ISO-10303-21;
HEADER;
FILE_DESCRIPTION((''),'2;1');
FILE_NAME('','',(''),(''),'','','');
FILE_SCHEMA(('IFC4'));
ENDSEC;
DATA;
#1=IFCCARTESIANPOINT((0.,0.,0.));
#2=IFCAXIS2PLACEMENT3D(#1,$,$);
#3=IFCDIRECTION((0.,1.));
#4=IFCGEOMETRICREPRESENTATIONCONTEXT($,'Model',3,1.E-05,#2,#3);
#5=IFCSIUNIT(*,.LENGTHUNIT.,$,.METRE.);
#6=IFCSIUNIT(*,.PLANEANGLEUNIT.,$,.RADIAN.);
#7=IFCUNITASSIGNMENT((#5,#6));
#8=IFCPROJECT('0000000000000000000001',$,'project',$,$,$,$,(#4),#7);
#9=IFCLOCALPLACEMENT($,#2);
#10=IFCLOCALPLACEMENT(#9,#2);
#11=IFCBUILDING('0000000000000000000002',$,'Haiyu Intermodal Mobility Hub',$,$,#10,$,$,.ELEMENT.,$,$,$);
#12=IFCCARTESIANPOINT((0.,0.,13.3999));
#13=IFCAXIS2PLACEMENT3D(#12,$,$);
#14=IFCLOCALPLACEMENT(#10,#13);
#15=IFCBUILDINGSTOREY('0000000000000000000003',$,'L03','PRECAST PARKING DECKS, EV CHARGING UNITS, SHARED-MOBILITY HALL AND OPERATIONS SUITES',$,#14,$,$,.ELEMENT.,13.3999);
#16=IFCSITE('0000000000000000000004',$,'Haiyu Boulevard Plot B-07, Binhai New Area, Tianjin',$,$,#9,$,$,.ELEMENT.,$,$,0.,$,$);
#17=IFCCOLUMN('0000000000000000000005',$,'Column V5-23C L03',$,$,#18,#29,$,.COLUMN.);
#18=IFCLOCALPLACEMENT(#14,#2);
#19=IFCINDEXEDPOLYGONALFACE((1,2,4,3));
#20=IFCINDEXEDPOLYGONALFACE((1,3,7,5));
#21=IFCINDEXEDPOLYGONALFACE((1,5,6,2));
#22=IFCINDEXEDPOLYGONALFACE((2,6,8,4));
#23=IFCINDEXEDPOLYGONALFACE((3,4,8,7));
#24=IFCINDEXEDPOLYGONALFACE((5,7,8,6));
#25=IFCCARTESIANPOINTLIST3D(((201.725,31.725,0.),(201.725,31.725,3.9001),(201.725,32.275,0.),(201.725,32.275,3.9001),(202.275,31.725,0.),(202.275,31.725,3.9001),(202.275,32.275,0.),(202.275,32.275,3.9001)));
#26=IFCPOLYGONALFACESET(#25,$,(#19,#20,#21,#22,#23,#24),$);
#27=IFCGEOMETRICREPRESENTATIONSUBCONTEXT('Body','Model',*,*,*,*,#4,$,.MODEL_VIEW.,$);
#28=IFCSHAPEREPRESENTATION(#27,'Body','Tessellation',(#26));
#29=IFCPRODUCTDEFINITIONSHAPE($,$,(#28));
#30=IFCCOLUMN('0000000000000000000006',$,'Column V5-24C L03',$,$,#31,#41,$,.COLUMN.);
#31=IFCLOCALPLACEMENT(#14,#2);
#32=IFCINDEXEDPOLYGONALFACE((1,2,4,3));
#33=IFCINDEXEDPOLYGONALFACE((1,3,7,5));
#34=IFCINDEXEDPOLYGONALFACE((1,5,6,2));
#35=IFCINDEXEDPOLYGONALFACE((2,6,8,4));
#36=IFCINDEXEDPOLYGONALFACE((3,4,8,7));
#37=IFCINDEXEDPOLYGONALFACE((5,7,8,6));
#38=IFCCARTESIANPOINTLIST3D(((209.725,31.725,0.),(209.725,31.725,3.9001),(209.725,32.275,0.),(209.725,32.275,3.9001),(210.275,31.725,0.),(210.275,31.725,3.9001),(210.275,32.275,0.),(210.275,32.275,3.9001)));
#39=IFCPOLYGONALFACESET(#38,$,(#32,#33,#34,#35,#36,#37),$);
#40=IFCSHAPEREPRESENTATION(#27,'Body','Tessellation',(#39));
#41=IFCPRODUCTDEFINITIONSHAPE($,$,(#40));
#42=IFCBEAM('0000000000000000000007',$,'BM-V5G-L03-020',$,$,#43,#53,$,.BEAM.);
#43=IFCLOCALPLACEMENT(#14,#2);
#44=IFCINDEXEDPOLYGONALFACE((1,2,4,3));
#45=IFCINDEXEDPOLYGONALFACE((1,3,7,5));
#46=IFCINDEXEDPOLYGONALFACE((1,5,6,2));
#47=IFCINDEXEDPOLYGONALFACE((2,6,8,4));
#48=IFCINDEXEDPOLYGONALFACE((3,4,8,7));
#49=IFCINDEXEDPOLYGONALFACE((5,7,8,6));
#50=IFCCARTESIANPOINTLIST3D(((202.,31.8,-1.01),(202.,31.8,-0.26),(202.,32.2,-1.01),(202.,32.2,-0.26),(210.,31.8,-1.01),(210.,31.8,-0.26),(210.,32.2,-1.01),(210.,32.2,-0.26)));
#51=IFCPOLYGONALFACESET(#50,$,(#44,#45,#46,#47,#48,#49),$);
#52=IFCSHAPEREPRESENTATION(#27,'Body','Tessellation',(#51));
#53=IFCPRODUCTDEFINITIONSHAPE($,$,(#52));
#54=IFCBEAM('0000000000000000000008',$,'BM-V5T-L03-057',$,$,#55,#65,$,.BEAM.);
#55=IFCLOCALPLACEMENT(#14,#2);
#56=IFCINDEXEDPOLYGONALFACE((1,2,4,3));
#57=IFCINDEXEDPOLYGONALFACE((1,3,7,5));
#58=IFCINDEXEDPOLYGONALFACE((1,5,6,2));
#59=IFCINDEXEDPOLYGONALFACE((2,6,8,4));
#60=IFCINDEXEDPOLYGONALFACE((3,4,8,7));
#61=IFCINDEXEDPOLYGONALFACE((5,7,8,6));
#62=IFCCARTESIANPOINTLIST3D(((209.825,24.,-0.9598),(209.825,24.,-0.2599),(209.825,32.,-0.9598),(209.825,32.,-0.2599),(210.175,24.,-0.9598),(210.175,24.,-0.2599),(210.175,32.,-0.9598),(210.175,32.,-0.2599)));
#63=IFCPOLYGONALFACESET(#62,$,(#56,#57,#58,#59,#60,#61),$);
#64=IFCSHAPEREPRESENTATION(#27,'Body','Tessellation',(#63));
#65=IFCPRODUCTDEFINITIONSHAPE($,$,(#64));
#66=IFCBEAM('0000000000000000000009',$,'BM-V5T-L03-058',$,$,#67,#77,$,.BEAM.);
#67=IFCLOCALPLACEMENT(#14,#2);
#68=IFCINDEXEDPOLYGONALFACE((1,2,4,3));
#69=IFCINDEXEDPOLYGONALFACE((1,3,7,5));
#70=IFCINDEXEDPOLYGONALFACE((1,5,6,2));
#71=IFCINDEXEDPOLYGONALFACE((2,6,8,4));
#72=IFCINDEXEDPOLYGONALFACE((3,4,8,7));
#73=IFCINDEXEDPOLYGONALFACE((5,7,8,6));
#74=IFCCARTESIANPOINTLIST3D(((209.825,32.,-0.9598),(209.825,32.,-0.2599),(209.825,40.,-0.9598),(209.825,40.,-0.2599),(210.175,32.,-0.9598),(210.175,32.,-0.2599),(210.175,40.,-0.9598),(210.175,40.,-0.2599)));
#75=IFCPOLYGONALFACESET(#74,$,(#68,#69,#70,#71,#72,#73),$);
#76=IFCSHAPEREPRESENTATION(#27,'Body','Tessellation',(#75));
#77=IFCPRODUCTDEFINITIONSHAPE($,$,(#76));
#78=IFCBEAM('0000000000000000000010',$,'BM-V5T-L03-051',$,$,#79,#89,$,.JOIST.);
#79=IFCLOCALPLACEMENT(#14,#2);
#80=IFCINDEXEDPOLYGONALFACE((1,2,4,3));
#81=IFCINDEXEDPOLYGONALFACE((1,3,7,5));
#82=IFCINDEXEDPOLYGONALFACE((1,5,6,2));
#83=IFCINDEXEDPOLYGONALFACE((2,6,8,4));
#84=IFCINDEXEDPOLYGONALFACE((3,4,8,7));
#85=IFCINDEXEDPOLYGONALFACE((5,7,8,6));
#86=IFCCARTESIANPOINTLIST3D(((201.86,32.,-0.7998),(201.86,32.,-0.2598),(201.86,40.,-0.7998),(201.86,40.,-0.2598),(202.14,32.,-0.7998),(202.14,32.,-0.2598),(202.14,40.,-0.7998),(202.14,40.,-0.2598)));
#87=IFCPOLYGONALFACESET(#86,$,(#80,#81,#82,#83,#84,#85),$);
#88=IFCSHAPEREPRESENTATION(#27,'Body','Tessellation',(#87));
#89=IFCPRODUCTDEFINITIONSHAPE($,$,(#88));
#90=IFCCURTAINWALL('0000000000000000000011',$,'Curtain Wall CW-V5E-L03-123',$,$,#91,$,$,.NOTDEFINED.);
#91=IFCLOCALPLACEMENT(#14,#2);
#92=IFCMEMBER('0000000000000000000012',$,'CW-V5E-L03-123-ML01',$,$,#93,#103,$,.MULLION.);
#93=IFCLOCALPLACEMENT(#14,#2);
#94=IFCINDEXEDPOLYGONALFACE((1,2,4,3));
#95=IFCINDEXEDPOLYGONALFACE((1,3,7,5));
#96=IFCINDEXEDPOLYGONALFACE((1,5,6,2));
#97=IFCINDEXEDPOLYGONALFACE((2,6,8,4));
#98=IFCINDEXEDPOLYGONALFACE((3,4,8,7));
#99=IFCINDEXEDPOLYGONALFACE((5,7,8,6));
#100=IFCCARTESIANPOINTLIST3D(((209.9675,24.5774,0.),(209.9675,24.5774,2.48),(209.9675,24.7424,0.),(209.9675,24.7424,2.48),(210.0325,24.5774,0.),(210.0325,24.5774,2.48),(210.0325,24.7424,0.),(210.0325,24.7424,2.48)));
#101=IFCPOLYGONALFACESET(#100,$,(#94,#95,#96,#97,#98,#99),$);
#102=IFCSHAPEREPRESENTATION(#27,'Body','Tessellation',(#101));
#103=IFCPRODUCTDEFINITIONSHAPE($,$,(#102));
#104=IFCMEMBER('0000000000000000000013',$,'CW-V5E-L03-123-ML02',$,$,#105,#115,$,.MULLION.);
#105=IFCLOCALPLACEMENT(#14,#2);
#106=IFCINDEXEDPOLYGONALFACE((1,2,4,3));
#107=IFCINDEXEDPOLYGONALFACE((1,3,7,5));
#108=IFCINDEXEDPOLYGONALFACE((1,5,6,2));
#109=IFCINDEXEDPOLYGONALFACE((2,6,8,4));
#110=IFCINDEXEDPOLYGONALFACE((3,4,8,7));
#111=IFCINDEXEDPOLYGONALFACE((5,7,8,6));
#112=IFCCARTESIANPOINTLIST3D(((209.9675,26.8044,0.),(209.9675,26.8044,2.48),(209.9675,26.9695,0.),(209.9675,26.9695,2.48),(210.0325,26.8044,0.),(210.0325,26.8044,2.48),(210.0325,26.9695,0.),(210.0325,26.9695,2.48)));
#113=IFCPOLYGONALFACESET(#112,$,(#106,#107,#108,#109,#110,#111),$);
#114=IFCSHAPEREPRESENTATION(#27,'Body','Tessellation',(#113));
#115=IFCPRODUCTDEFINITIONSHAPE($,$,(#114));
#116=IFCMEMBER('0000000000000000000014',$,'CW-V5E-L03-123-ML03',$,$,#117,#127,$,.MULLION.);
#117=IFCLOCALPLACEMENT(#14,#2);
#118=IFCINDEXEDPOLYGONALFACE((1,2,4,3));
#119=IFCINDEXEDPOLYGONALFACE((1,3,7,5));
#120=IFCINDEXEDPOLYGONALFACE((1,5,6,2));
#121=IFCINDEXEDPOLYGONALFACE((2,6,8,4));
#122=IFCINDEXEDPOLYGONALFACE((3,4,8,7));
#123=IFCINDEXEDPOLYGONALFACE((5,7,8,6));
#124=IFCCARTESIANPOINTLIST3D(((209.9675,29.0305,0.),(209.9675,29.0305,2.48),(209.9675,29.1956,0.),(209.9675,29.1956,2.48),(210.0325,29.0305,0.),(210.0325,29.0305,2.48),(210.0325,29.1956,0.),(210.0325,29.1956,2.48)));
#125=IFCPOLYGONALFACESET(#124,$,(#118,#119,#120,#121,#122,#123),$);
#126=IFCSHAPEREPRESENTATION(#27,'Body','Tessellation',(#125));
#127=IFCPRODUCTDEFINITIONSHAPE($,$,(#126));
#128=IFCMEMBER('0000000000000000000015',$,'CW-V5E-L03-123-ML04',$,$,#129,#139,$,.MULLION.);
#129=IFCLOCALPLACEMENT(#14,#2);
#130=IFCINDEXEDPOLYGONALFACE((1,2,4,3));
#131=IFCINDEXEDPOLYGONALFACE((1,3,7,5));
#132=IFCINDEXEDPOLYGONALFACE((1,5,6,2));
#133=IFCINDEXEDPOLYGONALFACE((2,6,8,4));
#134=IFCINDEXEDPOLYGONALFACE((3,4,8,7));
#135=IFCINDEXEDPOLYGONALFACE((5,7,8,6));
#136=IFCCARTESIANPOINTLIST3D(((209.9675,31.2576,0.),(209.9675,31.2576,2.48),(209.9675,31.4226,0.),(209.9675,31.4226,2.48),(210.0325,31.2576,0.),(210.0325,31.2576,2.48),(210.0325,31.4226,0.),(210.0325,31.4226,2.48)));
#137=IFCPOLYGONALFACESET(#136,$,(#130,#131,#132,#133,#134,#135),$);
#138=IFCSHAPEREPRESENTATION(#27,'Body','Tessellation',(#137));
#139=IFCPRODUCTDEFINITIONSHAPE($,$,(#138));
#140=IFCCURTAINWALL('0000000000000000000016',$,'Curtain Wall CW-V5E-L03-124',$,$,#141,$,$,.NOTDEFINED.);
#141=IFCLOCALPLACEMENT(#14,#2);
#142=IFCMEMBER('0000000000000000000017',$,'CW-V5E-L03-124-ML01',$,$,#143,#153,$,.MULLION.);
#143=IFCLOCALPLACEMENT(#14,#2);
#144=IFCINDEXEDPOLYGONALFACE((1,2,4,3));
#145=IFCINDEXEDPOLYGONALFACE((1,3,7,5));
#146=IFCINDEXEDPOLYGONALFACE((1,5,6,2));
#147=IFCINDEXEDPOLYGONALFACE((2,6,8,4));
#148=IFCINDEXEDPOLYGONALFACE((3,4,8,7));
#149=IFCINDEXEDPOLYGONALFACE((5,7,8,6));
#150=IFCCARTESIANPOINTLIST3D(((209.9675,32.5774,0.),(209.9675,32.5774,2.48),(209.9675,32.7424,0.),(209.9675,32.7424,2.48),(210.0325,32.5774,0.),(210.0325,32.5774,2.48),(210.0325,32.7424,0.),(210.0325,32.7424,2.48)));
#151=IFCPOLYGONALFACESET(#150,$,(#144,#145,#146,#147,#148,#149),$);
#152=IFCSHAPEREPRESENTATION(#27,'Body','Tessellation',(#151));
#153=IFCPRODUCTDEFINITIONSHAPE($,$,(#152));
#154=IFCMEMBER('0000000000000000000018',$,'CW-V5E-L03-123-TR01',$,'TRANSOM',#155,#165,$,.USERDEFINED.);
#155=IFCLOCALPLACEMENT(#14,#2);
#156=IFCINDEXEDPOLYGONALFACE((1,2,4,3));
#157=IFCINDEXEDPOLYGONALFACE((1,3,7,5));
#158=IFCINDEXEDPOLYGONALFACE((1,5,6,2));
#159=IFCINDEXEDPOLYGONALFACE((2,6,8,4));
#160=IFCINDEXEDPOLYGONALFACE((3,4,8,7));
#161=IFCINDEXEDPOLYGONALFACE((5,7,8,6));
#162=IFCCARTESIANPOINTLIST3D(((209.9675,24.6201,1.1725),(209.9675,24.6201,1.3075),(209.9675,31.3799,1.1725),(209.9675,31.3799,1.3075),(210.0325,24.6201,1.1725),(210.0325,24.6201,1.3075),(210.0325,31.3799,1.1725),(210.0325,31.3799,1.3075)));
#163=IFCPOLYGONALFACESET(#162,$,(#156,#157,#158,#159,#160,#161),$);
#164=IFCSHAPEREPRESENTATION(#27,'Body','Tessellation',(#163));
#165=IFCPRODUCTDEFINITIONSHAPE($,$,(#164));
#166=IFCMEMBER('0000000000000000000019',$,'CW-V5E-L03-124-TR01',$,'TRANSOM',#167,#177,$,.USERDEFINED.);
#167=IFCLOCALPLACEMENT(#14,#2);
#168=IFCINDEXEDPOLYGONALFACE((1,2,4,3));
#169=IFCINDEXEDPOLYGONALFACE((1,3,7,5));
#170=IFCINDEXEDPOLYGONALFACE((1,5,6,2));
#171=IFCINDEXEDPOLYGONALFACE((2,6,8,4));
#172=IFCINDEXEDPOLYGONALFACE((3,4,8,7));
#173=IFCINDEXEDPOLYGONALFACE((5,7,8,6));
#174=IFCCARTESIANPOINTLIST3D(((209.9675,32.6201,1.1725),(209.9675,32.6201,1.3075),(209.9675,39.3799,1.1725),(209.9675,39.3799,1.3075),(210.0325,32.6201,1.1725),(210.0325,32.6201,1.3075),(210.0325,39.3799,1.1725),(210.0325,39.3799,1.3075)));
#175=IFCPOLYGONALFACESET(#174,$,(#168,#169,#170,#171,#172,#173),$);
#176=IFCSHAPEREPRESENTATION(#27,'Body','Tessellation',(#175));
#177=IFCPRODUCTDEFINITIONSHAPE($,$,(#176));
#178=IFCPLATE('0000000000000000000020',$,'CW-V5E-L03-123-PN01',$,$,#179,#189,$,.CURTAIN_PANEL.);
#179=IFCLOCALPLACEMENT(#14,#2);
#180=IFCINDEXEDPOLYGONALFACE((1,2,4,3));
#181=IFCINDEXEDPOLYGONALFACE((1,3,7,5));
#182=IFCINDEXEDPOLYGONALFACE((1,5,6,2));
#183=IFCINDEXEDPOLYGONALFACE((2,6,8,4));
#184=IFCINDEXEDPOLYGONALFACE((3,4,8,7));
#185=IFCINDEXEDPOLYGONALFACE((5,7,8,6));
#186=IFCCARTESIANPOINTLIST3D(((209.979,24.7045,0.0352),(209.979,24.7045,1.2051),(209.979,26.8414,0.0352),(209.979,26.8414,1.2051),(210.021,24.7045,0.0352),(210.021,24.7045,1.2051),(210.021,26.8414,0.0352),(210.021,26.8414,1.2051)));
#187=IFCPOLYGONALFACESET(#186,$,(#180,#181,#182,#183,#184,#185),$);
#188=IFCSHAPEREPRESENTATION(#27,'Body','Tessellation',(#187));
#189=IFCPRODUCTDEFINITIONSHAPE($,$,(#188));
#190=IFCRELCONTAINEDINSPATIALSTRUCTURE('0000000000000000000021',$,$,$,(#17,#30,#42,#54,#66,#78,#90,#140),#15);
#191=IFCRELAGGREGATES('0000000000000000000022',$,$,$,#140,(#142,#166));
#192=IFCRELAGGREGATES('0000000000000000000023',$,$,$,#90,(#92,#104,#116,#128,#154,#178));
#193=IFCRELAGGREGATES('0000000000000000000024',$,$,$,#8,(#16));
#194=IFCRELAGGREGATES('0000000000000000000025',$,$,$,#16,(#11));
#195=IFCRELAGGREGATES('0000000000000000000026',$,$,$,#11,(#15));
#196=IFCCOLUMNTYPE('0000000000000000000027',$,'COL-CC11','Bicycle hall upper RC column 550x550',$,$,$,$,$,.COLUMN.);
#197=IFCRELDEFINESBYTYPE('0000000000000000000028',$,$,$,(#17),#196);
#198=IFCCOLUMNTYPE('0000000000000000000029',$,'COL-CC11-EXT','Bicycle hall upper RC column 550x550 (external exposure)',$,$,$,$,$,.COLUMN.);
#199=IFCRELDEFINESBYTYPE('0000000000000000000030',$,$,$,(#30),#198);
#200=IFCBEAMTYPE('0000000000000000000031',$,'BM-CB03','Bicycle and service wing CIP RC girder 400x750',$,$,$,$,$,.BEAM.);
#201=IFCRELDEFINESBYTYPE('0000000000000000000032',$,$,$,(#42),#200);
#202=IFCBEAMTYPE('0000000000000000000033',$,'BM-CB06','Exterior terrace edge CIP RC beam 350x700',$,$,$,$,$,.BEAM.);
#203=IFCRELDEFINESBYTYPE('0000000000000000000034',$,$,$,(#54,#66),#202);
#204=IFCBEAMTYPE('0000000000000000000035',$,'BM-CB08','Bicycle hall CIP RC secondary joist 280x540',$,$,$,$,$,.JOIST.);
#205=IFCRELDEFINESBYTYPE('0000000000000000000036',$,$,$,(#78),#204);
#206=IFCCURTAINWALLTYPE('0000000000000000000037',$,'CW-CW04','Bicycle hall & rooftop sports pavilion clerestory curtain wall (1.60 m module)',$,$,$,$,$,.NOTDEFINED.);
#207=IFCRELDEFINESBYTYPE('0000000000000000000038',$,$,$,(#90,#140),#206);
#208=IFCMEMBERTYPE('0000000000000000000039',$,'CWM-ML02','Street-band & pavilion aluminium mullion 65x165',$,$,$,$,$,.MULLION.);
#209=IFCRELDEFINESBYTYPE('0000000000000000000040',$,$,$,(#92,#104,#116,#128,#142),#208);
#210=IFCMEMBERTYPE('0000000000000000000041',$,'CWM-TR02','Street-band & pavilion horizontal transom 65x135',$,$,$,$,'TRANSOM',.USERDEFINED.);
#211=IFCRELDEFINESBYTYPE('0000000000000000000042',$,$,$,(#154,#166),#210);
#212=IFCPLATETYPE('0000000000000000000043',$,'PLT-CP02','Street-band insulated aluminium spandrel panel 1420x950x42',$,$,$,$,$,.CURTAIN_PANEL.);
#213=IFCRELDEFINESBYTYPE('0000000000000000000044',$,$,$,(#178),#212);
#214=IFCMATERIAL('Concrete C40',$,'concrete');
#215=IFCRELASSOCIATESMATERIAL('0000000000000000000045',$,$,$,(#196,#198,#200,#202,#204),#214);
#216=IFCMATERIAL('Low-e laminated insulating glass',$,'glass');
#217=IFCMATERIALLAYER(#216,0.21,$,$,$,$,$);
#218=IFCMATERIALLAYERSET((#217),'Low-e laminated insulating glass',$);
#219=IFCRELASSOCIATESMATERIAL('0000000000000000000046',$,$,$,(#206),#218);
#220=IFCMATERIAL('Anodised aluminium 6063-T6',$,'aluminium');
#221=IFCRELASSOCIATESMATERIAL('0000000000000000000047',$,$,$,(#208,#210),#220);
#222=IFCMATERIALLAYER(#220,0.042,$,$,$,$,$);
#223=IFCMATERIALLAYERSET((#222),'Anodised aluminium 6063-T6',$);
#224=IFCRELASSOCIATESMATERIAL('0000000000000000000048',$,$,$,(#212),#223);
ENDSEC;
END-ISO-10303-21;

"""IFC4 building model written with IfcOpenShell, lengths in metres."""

from ifc_helpers import new_model, si_unit, direction, frame, origin, origin_2d, place, context, subcontext, project, spatial, rectangle, extrude, material, layer, layer_set, material_profile, profile_set, type_object, element, aggregate, save


model = new_model("IFC4")

# Units and contexts
model_context = context("Model", 3, precision=1e-05, world=origin(), true_north=direction((0.0, 1.0)))
body_context = subcontext(model_context, "Body", "Model", "MODEL_VIEW")
ifc_project = project(units=[si_unit("LENGTHUNIT", "METRE"), si_unit("PLANEANGLEUNIT", "RADIAN")], contexts=[model_context])

# Site, building, storey
site_placement = place(None, origin())
site = spatial("IfcSite", under=ifc_project, at=site_placement, Name="Haiyu Boulevard Plot B-07, Binhai New Area, Tianjin", CompositionType="ELEMENT", RefElevation=0.0)
building_placement = place(site_placement, origin())
building = spatial("IfcBuilding", under=site, at=building_placement, Name="Haiyu Intermodal Mobility Hub", CompositionType="ELEMENT")
storey_placement = place(building_placement, frame((0.0, 0.0, 13.3999)))
storey = spatial("IfcBuildingStorey", under=building, at=storey_placement, Name="L03", Description="PRECAST PARKING DECKS, EV CHARGING UNITS, SHARED-MOBILITY HALL AND OPERATIONS SUITES", CompositionType="ELEMENT", Elevation=13.3999)

# Columns
ifc_material_1 = material(Name="Concrete C40", Category="concrete")
ifc_material_profile_1 = material_profile(ifc_material_1, rectangle(XDim=0.55, YDim=0.55, at=origin_2d()), Name="RC550x550")
ifc_profile_set_1 = profile_set([ifc_material_profile_1], Name="Concrete C40")
column_type_1 = type_object("IfcColumnType", Name="COL-CC11", Description="Bicycle hall upper RC column 550x550", PredefinedType="COLUMN", material=ifc_profile_set_1)
column_1_placement = place(storey_placement, frame((202.0, 32.0, 0.0), z_axis=(0.0, 0.0, 1.0), x_axis=(1.0, 0.0, 0.0)))
element("IfcColumn", 1, at=column_1_placement, inside=storey, type_object=column_type_1, Name="Column V5-23C L03", PredefinedType="COLUMN", context=body_context, shape_type="SweptSolid", body=[
    extrude(rectangle(XDim=0.55, YDim=0.55, at=origin_2d()), origin(), (0.0, 0.0, 1.0), 3.9001),
])
ifc_material_profile_2 = material_profile(ifc_material_1, rectangle(XDim=0.55, YDim=0.55, at=origin_2d()), Name="RC550x550")
ifc_profile_set_2 = profile_set([ifc_material_profile_2], Name="Concrete C40")
column_type_2 = type_object("IfcColumnType", Name="COL-CC11-EXT", Description="Bicycle hall upper RC column 550x550 (external exposure)", PredefinedType="COLUMN", material=ifc_profile_set_2)
column_2_placement = place(storey_placement, frame((210.0, 32.0, 0.0), z_axis=(0.0, 0.0, 1.0), x_axis=(1.0, 0.0, 0.0)))
element("IfcColumn", 2, at=column_2_placement, inside=storey, type_object=column_type_2, Name="Column V5-24C L03", PredefinedType="COLUMN", context=body_context, shape_type="SweptSolid", body=[
    extrude(rectangle(XDim=0.55, YDim=0.55, at=origin_2d()), origin(), (0.0, 0.0, 1.0), 3.9001),
])

# Beams
ifc_material_profile_3 = material_profile(ifc_material_1, rectangle(XDim=0.3999, YDim=0.75, at=origin_2d()), Name="RCB400x750")
ifc_profile_set_3 = profile_set([ifc_material_profile_3], Name="Concrete C40")
beam_type_1 = type_object("IfcBeamType", Name="BM-CB03", Description="Bicycle and service wing CIP RC girder 400x750", PredefinedType="BEAM", material=ifc_profile_set_3)
beam_1_placement = place(storey_placement, frame((202.0, 32.0, -0.635), z_axis=(1.0, 0.0, 0.0), x_axis=(0.0, 1.0, 0.0)))
element("IfcBeam", 3, at=beam_1_placement, inside=storey, type_object=beam_type_1, Name="BM-V5G-L03-020", PredefinedType="BEAM", context=body_context, shape_type="SweptSolid", body=[
    extrude(rectangle(XDim=0.3999, YDim=0.75, at=origin_2d()), origin(), (0.0, 0.0, 1.0), 8.0),
])
ifc_material_profile_4 = material_profile(ifc_material_1, rectangle(XDim=0.3501, YDim=0.7, at=origin_2d()), Name="RCB350x700")
ifc_profile_set_4 = profile_set([ifc_material_profile_4], Name="Concrete C40")
beam_type_2 = type_object("IfcBeamType", Name="BM-CB06", Description="Exterior terrace edge CIP RC beam 350x700", PredefinedType="BEAM", material=ifc_profile_set_4)
for number, where, z_axis, x_axis, name in (
    (4, (210.0, 24.0, -0.6099), (0.0, 1.0, 0.0), (-1.0, 0.0, 0.0), "BM-V5T-L03-057"),
    (5, (210.0, 32.0, -0.6099), (0.0, 1.0, 0.0), (-1.0, 0.0, 0.0), "BM-V5T-L03-058"),
):
    element("IfcBeam", number, at=place(storey_placement, frame(where, z_axis=z_axis, x_axis=x_axis)), inside=storey, type_object=beam_type_2, Name=name, PredefinedType="BEAM", context=body_context, shape_type="SweptSolid", body=[
        extrude(rectangle(XDim=0.3501, YDim=0.7, at=origin_2d()), origin(), (0.0, 0.0, 1.0), 8.0),
    ])
ifc_material_profile_5 = material_profile(ifc_material_1, rectangle(XDim=0.28, YDim=0.54, at=origin_2d()), Name="RCB280x540")
ifc_profile_set_5 = profile_set([ifc_material_profile_5], Name="Concrete C40")
beam_type_3 = type_object("IfcBeamType", Name="BM-CB08", Description="Bicycle hall CIP RC secondary joist 280x540", PredefinedType="JOIST", material=ifc_profile_set_5)
beam_2_placement = place(storey_placement, frame((202.0, 32.0, -0.5298), z_axis=(0.0, 1.0, 0.0), x_axis=(-1.0, 0.0, 0.0)))
element("IfcBeam", 6, at=beam_2_placement, inside=storey, type_object=beam_type_3, Name="BM-V5T-L03-051", PredefinedType="JOIST", context=body_context, shape_type="SweptSolid", body=[
    extrude(rectangle(XDim=0.28, YDim=0.54, at=origin_2d()), origin(), (0.0, 0.0, 1.0), 8.0),
])

# Curtain wall, members
ifc_material_2 = material(Name="Low-e laminated insulating glass", Category="glass")
ifc_layer_1 = layer(ifc_material_2, 0.21)
ifc_layer_set_1 = layer_set([ifc_layer_1], Name="Low-e laminated insulating glass")
curtain_wall_type = type_object("IfcCurtainWallType", Name="CW-CW04", Description="Bicycle hall & rooftop sports pavilion clerestory curtain wall (1.60 m module)", PredefinedType="NOTDEFINED", material=ifc_layer_set_1)
curtain_wall_1_placement = place(storey_placement, origin())
curtain_wall_1 = element("IfcCurtainWall", 7, at=curtain_wall_1_placement, inside=storey, type_object=curtain_wall_type, Name="Curtain Wall CW-V5E-L03-123", PredefinedType="NOTDEFINED")
ifc_material_3 = material(Name="Anodised aluminium 6063-T6", Category="aluminium")
ifc_material_profile_6 = material_profile(ifc_material_3, rectangle(XDim=0.0649, YDim=0.165, at=origin_2d()), Name="ALU65x165")
ifc_profile_set_6 = profile_set([ifc_material_profile_6], Name="Anodised aluminium 6063-T6")
member_type_1 = type_object("IfcMemberType", Name="CWM-ML02", Description="Street-band & pavilion aluminium mullion 65x165", PredefinedType="MULLION", material=ifc_profile_set_6)
member_1_placement = place(storey_placement, frame((210.0, 24.6599, 0.0), z_axis=(0.0, 0.0, 1.0), x_axis=(1.0, 0.0, 0.0)))
member_1 = element("IfcMember", 8, at=member_1_placement, type_object=member_type_1, Name="CW-V5E-L03-123-ML01", PredefinedType="MULLION", context=body_context, shape_type="SweptSolid", body=[
    extrude(rectangle(XDim=0.0649, YDim=0.165, at=origin_2d()), origin(), (0.0, 0.0, 1.0), 2.48),
])
member_2_placement = place(storey_placement, frame((210.0, 26.887, 0.0), z_axis=(0.0, 0.0, 1.0), x_axis=(1.0, 0.0, 0.0)))
member_2 = element("IfcMember", 9, at=member_2_placement, type_object=member_type_1, Name="CW-V5E-L03-123-ML02", PredefinedType="MULLION", context=body_context, shape_type="SweptSolid", body=[
    extrude(rectangle(XDim=0.0649, YDim=0.165, at=origin_2d()), origin(), (0.0, 0.0, 1.0), 2.48),
])
member_3_placement = place(storey_placement, frame((210.0, 29.113, 0.0), z_axis=(0.0, 0.0, 1.0), x_axis=(1.0, 0.0, 0.0)))
member_3 = element("IfcMember", 10, at=member_3_placement, type_object=member_type_1, Name="CW-V5E-L03-123-ML03", PredefinedType="MULLION", context=body_context, shape_type="SweptSolid", body=[
    extrude(rectangle(XDim=0.0649, YDim=0.165, at=origin_2d()), origin(), (0.0, 0.0, 1.0), 2.48),
])
member_4_placement = place(storey_placement, frame((210.0, 31.3401, 0.0), z_axis=(0.0, 0.0, 1.0), x_axis=(1.0, 0.0, 0.0)))
member_4 = element("IfcMember", 11, at=member_4_placement, type_object=member_type_1, Name="CW-V5E-L03-123-ML04", PredefinedType="MULLION", context=body_context, shape_type="SweptSolid", body=[
    extrude(rectangle(XDim=0.0649, YDim=0.165, at=origin_2d()), origin(), (0.0, 0.0, 1.0), 2.48),
])

# Curtain wall, member
curtain_wall_2_placement = place(storey_placement, origin())
curtain_wall_2 = element("IfcCurtainWall", 12, at=curtain_wall_2_placement, inside=storey, type_object=curtain_wall_type, Name="Curtain Wall CW-V5E-L03-124", PredefinedType="NOTDEFINED")
member_5_placement = place(storey_placement, frame((210.0, 32.6599, 0.0), z_axis=(0.0, 0.0, 1.0), x_axis=(1.0, 0.0, 0.0)))
member_5 = element("IfcMember", 13, at=member_5_placement, type_object=member_type_1, Name="CW-V5E-L03-124-ML01", PredefinedType="MULLION", context=body_context, shape_type="SweptSolid", body=[
    extrude(rectangle(XDim=0.0649, YDim=0.165, at=origin_2d()), origin(), (0.0, 0.0, 1.0), 2.48),
])

# Members
ifc_material_profile_7 = material_profile(ifc_material_3, rectangle(XDim=0.0649, YDim=0.135, at=origin_2d()), Name="ALU65x135")
ifc_profile_set_7 = profile_set([ifc_material_profile_7], Name="Anodised aluminium 6063-T6")
member_type_2 = type_object("IfcMemberType", Name="CWM-TR02", Description="Street-band & pavilion horizontal transom 65x135", ElementType="TRANSOM", PredefinedType="USERDEFINED", material=ifc_profile_set_7)
member_6_placement = place(storey_placement, frame((210.0, 24.6201, 1.24), z_axis=(0.0, 1.0, 0.0), x_axis=(-1.0, 0.0, 0.0)))
member_6 = element("IfcMember", 14, at=member_6_placement, type_object=member_type_2, Name="CW-V5E-L03-123-TR01", ObjectType="TRANSOM", PredefinedType="USERDEFINED", context=body_context, shape_type="SweptSolid", body=[
    extrude(rectangle(XDim=0.0649, YDim=0.135, at=origin_2d()), origin(), (0.0, 0.0, 1.0), 6.7598),
])
member_7_placement = place(storey_placement, frame((210.0, 32.6201, 1.24), z_axis=(0.0, 1.0, 0.0), x_axis=(-1.0, 0.0, 0.0)))
member_7 = element("IfcMember", 15, at=member_7_placement, type_object=member_type_2, Name="CW-V5E-L03-124-TR01", ObjectType="TRANSOM", PredefinedType="USERDEFINED", context=body_context, shape_type="SweptSolid", body=[
    extrude(rectangle(XDim=0.0649, YDim=0.135, at=origin_2d()), origin(), (0.0, 0.0, 1.0), 6.7598),
])

# Plate
ifc_layer_2 = layer(ifc_material_3, 0.042)
ifc_layer_set_2 = layer_set([ifc_layer_2], Name="Anodised aluminium 6063-T6")
plate_type_1 = type_object("IfcPlateType", Name="PLT-CP02", Description="Street-band insulated aluminium spandrel panel 1420x950x42", PredefinedType="CURTAIN_PANEL", material=ifc_layer_set_2)
plate_1_placement = place(storey_placement, frame((210.0, 25.7729, 0.0352), z_axis=(0.0, 0.0, 1.0), x_axis=(0.0, 1.0, 0.0)))
plate_1 = element("IfcPlate", 16, at=plate_1_placement, type_object=plate_type_1, Name="CW-V5E-L03-123-PN01", PredefinedType="CURTAIN_PANEL", context=body_context, shape_type="SweptSolid", body=[
    extrude(rectangle(XDim=2.137, YDim=0.042, at=origin_2d()), origin(), (0.0, 0.0, 1.0), 1.1699),
])
aggregate(curtain_wall_2, [member_5, member_7])
aggregate(curtain_wall_1, [member_1, member_2, member_3, member_4, member_6, plate_1])

save(model, "model.ifc")
